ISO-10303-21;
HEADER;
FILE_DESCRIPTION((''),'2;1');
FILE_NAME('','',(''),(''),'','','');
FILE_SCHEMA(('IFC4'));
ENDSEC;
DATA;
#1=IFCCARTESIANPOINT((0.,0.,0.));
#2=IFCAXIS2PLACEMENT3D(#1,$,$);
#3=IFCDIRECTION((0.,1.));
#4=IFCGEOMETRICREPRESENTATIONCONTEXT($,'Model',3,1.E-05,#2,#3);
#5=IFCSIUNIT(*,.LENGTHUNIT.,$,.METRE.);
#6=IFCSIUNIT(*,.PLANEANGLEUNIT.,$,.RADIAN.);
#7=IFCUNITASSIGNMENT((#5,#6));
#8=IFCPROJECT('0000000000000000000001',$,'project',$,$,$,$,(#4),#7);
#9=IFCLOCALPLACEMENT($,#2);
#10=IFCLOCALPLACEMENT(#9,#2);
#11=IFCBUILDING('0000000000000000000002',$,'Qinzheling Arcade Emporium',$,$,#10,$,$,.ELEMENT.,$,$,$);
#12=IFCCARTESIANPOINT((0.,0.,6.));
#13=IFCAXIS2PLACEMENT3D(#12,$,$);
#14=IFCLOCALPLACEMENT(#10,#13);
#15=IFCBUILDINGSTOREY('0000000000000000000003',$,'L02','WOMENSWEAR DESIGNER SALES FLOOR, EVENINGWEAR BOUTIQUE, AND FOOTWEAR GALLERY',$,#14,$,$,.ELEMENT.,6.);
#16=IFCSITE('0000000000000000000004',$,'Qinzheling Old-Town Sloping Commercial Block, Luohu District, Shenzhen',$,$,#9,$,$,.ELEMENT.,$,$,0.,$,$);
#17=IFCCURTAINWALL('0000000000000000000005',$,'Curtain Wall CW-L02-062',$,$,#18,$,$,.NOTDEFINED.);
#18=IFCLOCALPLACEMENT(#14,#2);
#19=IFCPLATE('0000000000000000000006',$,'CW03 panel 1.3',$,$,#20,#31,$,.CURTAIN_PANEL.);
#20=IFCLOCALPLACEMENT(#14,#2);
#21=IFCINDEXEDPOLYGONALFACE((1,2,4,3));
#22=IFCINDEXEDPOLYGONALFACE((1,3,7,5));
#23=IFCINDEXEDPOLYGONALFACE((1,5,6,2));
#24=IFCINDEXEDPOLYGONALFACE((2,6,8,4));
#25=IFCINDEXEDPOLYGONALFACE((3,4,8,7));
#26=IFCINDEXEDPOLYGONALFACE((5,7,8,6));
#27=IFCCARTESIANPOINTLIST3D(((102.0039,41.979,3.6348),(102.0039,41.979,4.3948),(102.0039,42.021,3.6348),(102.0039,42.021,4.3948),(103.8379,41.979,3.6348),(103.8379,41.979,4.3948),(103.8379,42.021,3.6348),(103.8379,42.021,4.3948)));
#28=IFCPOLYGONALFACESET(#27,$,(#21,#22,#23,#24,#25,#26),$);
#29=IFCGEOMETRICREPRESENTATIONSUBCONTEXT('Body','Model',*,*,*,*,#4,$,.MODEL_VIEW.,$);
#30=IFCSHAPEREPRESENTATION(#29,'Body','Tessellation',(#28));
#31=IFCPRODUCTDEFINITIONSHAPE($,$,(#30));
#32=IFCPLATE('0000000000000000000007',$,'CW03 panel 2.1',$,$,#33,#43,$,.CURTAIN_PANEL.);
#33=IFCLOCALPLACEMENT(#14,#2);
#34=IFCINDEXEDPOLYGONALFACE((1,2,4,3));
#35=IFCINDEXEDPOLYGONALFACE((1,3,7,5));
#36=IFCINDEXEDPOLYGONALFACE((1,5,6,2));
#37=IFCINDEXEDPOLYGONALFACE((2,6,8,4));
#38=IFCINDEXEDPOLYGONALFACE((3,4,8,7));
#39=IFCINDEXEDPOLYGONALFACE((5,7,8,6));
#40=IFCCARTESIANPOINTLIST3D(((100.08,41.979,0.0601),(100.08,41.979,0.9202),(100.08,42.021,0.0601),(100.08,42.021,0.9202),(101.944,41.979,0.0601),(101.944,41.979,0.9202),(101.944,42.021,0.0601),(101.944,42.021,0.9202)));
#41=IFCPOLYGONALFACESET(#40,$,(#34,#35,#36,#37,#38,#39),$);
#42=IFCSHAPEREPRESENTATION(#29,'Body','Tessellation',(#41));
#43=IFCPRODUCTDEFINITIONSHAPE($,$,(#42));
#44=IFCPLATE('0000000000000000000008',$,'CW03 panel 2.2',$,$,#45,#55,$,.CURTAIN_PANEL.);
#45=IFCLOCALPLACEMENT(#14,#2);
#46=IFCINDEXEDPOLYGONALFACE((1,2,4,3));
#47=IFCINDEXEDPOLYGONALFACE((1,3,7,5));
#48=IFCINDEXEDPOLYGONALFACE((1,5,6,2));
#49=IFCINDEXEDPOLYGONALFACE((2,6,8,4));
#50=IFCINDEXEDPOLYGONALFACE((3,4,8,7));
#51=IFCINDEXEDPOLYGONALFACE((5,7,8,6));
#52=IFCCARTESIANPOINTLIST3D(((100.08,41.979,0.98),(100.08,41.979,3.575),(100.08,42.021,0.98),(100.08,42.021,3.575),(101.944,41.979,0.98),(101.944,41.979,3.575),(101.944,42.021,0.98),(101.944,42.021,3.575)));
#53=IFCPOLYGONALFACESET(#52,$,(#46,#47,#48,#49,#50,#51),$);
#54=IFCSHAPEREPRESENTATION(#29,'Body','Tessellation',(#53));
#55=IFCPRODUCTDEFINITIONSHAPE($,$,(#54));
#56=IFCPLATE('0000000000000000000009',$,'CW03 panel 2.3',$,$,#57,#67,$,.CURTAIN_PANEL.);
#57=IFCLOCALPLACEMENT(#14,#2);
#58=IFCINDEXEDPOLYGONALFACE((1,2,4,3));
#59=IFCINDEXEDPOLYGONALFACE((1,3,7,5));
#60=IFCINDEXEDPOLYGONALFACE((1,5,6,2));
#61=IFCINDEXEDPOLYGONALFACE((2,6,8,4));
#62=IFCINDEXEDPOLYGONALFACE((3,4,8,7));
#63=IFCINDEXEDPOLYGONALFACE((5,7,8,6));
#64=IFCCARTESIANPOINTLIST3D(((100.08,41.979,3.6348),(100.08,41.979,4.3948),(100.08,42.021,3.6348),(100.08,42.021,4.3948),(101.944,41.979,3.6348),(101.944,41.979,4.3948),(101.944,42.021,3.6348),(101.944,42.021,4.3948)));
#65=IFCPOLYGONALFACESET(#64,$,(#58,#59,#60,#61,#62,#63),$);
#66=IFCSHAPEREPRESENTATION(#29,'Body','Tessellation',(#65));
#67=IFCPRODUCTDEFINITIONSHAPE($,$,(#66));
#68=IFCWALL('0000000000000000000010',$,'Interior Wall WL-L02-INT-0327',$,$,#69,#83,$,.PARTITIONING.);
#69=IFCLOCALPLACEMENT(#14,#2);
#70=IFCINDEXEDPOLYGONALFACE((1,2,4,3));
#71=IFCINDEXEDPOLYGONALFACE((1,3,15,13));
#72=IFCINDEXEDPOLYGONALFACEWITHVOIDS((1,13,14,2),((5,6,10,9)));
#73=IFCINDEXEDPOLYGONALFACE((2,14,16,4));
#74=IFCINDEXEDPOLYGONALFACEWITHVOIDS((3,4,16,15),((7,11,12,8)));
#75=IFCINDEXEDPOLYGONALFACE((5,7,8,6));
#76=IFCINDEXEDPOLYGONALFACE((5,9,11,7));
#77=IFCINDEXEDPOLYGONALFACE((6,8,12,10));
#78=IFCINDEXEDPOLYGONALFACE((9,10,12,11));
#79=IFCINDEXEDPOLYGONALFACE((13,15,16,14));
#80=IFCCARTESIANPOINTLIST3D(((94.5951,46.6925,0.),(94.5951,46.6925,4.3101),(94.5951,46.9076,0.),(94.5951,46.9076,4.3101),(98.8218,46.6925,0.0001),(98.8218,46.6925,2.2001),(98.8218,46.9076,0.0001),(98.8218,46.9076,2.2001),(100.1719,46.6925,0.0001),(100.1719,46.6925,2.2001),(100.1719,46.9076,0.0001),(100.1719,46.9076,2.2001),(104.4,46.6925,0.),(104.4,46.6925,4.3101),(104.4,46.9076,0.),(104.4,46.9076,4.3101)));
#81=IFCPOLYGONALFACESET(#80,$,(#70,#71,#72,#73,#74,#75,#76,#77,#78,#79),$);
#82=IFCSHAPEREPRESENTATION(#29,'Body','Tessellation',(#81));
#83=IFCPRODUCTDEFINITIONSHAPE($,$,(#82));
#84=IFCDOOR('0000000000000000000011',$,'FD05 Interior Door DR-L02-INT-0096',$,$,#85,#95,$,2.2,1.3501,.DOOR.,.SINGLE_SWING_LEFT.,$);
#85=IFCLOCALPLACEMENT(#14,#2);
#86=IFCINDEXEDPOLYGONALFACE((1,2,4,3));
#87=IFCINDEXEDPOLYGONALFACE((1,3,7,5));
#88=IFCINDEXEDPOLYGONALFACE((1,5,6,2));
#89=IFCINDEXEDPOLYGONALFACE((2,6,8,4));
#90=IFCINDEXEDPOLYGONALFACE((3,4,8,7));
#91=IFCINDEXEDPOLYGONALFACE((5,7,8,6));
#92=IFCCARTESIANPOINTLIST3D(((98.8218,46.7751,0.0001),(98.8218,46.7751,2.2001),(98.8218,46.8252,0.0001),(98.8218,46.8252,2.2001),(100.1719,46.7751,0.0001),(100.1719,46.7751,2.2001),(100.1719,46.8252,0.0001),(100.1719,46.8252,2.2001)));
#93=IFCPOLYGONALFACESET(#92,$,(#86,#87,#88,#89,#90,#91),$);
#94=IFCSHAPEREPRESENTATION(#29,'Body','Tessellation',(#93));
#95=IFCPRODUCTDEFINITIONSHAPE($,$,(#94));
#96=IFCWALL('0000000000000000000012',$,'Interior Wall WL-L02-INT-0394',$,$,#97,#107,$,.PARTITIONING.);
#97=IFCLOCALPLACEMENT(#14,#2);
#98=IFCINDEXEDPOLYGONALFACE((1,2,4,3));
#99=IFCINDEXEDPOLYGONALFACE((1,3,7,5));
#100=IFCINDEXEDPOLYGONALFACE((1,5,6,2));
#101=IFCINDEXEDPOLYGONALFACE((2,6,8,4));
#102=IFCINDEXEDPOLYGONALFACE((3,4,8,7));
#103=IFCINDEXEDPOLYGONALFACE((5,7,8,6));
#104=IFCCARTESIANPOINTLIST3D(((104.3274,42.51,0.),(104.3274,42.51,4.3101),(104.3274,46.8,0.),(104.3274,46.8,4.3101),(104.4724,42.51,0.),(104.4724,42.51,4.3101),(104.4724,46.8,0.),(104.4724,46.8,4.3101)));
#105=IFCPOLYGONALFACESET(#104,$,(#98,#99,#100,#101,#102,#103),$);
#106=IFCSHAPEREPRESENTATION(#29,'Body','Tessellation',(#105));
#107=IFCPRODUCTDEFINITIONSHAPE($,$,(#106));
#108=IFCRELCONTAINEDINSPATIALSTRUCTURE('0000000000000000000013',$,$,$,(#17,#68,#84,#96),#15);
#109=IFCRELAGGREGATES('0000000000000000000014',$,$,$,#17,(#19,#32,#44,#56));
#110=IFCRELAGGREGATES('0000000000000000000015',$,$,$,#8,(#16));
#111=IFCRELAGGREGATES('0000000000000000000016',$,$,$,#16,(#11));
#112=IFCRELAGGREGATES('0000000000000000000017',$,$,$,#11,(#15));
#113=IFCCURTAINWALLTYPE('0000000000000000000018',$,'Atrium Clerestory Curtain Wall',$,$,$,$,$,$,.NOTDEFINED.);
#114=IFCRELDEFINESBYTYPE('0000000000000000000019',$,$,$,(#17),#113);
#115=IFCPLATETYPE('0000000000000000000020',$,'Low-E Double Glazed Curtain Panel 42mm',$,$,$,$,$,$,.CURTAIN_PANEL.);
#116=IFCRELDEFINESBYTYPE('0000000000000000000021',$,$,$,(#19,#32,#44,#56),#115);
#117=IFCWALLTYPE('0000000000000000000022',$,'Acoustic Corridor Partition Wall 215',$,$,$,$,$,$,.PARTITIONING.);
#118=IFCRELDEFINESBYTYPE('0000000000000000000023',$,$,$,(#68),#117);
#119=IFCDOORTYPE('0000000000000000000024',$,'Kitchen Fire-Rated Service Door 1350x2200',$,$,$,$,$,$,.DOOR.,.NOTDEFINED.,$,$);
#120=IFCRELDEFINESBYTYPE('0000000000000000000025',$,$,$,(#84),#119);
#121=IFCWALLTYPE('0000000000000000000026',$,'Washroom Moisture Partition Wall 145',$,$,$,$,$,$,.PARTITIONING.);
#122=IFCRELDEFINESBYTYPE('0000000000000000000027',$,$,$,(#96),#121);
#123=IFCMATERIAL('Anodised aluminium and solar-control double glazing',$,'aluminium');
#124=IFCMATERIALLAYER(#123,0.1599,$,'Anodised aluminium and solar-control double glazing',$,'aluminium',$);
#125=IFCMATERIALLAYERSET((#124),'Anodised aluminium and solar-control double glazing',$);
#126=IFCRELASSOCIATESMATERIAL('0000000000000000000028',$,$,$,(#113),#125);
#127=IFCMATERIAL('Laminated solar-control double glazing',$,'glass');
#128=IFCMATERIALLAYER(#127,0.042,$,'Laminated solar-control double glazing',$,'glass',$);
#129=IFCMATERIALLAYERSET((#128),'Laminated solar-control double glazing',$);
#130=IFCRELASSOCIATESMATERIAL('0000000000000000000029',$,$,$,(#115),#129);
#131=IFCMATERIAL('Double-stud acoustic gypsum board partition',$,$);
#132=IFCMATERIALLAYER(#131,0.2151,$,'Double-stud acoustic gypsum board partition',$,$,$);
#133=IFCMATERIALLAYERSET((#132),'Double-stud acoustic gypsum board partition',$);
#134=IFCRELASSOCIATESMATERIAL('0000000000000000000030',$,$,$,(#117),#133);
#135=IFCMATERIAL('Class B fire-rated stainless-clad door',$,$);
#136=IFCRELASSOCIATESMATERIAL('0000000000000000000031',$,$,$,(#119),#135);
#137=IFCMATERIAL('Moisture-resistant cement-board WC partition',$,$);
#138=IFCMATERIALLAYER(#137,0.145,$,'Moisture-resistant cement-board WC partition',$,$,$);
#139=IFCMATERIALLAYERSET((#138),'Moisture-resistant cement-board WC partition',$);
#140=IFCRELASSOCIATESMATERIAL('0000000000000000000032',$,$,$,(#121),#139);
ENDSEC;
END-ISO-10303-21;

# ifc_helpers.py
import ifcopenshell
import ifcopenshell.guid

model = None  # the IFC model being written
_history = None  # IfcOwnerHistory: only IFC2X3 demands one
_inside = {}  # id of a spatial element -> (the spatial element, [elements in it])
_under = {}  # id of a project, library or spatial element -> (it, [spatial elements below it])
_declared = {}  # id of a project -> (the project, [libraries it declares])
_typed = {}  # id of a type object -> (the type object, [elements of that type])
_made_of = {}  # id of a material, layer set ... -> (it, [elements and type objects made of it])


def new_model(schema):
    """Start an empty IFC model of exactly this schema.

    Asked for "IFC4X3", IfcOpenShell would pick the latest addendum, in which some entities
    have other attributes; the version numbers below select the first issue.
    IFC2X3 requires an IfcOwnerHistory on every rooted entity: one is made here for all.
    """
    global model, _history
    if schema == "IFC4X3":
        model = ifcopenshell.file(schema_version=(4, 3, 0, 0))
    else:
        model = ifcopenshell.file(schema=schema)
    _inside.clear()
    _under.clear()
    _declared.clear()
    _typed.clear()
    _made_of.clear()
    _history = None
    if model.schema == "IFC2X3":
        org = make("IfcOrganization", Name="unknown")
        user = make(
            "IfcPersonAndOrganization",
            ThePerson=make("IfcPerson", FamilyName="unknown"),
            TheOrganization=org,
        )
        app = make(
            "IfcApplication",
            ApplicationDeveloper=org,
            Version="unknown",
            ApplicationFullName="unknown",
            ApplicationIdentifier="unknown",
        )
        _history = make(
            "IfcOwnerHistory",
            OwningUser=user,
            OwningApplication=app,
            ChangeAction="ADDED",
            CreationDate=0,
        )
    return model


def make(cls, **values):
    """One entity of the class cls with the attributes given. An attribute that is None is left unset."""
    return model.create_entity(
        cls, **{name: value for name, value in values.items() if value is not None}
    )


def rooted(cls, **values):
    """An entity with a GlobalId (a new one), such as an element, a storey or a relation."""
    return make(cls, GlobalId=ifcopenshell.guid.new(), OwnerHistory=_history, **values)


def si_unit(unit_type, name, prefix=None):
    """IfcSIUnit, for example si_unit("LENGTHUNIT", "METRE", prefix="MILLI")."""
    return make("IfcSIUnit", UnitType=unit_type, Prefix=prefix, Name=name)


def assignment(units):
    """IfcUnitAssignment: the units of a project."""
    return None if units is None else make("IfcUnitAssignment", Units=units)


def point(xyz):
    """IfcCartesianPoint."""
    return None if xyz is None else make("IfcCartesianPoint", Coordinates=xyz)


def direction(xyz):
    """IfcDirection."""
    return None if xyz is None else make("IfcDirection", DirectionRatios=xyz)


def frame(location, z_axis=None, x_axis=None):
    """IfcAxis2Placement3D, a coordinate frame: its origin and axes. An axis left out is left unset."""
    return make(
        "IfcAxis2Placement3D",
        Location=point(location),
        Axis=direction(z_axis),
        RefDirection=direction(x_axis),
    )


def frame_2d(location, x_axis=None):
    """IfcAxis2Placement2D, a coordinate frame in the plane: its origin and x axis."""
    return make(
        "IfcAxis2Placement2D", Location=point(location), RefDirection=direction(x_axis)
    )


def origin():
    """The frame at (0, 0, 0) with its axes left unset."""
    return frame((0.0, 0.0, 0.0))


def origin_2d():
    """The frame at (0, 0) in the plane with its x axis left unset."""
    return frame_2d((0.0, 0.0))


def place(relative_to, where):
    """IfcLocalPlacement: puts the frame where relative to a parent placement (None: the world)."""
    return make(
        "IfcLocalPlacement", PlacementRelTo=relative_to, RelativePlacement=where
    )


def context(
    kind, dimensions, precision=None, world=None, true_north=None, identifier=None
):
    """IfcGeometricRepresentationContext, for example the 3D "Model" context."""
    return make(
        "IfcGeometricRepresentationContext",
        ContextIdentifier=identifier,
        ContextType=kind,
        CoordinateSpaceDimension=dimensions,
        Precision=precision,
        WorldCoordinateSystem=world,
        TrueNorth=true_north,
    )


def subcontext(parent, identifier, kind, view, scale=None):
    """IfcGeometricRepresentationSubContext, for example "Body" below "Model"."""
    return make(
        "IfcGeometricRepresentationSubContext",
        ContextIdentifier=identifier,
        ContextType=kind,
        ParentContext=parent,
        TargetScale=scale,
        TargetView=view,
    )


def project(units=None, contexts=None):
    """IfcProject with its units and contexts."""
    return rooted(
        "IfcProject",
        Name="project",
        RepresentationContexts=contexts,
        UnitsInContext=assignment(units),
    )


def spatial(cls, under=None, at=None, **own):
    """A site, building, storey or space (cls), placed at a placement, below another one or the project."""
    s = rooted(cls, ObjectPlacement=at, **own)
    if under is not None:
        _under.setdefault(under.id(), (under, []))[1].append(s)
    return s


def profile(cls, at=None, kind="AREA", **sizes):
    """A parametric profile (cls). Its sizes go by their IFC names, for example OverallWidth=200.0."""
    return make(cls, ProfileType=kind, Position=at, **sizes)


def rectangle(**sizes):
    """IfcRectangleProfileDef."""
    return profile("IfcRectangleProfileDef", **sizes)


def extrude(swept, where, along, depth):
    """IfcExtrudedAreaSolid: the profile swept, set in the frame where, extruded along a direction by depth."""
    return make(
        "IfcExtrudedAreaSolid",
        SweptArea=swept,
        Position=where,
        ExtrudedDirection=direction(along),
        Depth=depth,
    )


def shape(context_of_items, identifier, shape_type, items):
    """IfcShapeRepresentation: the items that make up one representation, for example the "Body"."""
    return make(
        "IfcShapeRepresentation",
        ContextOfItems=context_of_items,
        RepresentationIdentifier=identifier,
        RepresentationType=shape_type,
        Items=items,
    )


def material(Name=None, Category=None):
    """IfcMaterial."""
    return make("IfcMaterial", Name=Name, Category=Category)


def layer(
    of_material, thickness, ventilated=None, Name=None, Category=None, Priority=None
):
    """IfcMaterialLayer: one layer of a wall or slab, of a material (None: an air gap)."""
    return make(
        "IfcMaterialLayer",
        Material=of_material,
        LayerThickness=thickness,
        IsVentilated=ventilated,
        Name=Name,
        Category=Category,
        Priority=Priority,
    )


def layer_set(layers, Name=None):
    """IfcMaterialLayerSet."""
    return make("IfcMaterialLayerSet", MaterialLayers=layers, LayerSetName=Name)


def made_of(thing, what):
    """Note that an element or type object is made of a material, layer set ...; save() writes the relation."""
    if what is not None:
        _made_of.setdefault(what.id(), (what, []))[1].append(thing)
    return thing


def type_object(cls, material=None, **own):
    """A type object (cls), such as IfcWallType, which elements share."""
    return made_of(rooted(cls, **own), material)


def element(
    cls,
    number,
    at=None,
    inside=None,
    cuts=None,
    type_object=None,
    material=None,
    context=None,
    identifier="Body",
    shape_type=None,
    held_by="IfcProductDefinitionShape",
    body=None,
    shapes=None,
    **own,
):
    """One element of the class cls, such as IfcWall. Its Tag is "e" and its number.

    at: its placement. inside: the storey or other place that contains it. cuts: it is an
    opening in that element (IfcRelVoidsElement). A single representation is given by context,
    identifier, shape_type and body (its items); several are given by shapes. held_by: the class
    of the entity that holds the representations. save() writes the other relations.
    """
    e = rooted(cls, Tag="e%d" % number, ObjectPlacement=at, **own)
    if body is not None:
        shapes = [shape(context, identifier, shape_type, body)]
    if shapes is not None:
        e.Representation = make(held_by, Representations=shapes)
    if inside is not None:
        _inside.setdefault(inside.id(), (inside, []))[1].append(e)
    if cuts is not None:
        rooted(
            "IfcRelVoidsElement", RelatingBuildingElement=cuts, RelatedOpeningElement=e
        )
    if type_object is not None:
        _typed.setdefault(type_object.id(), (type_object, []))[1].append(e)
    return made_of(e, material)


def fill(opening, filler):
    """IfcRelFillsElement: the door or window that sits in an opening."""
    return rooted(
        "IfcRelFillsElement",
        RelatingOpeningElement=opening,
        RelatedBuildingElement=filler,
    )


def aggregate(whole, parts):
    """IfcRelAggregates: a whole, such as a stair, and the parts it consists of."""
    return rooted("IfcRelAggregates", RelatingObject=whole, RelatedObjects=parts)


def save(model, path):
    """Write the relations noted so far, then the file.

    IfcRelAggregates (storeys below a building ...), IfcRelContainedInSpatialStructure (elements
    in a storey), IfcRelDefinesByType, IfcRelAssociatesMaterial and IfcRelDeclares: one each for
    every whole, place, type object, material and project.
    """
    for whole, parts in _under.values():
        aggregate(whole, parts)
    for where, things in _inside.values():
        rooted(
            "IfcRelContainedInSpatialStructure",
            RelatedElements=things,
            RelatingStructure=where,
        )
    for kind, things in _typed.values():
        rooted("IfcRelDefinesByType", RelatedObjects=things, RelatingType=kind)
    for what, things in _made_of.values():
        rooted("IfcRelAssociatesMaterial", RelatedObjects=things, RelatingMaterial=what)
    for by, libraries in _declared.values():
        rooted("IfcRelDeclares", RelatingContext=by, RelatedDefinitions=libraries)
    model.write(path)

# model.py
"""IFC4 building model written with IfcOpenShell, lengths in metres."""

from ifc_helpers import new_model, si_unit, direction, frame, frame_2d, origin, origin_2d, place, context, subcontext, project, spatial, rectangle, extrude, material, layer, layer_set, type_object, element, fill, aggregate, save


model = new_model("IFC4")

# Units and contexts
model_context = context("Model", 3, precision=1e-05, world=origin(), true_north=direction((0.0, 1.0)))
body_context = subcontext(model_context, "Body", "Model", "MODEL_VIEW")
ifc_project = project(units=[si_unit("LENGTHUNIT", "METRE"), si_unit("PLANEANGLEUNIT", "RADIAN")], contexts=[model_context])

# Site, building, storey
site_placement = place(None, origin())
site = spatial("IfcSite", under=ifc_project, at=site_placement, Name="Qinzheling Old-Town Sloping Commercial Block, Luohu District, Shenzhen", CompositionType="ELEMENT", RefElevation=0.0)
building_placement = place(site_placement, origin())
building = spatial("IfcBuilding", under=site, at=building_placement, Name="Qinzheling Arcade Emporium", CompositionType="ELEMENT")
storey_placement = place(building_placement, frame((0.0, 0.0, 6.0)))
storey = spatial("IfcBuildingStorey", under=building, at=storey_placement, Name="L02", Description="WOMENSWEAR DESIGNER SALES FLOOR, EVENINGWEAR BOUTIQUE, AND FOOTWEAR GALLERY", CompositionType="ELEMENT", Elevation=6.0)

# Curtain wall
ifc_material_1 = material(Name="Anodised aluminium and solar-control double glazing", Category="aluminium")
ifc_layer_1 = layer(ifc_material_1, 0.1599, Name="Anodised aluminium and solar-control double glazing", Category="aluminium")
ifc_layer_set_1 = layer_set([ifc_layer_1], Name="Anodised aluminium and solar-control double glazing")
curtain_wall_type = type_object("IfcCurtainWallType", Name="Atrium Clerestory Curtain Wall", PredefinedType="NOTDEFINED", material=ifc_layer_set_1)
curtain_wall_placement = place(storey_placement, origin())
curtain_wall = element("IfcCurtainWall", 1, at=curtain_wall_placement, inside=storey, type_object=curtain_wall_type, Name="Curtain Wall CW-L02-062", PredefinedType="NOTDEFINED")

# Plates
ifc_material_2 = material(Name="Laminated solar-control double glazing", Category="glass")
ifc_layer_2 = layer(ifc_material_2, 0.042, Name="Laminated solar-control double glazing", Category="glass")
ifc_layer_set_2 = layer_set([ifc_layer_2], Name="Laminated solar-control double glazing")
plate_type = type_object("IfcPlateType", Name="Low-E Double Glazed Curtain Panel 42mm", PredefinedType="CURTAIN_PANEL", material=ifc_layer_set_2)
plate_1_placement = place(storey_placement, frame((102.9209, 42.0, 3.6348), z_axis=(0.0, 0.0, 1.0), x_axis=(-1.0, 0.0, 0.0)))
plate_1 = element("IfcPlate", 2, at=plate_1_placement, type_object=plate_type, Name="CW03 panel 1.3", PredefinedType="CURTAIN_PANEL", context=body_context, shape_type="SweptSolid", body=[
    extrude(rectangle(XDim=1.834, YDim=0.042, at=origin_2d()), origin(), (0.0, 0.0, 1.0), 0.76),
])
plate_2_placement = place(storey_placement, frame((101.012, 42.0, 0.0601), z_axis=(0.0, 0.0, 1.0), x_axis=(-1.0, 0.0, 0.0)))
plate_2 = element("IfcPlate", 3, at=plate_2_placement, type_object=plate_type, Name="CW03 panel 2.1", PredefinedType="CURTAIN_PANEL", context=body_context, shape_type="SweptSolid", body=[
    extrude(rectangle(XDim=1.864, YDim=0.042, at=origin_2d()), origin(), (0.0, 0.0, 1.0), 0.8601),
])
plate_3_placement = place(storey_placement, frame((101.012, 42.0, 0.98), z_axis=(0.0, 0.0, 1.0), x_axis=(-1.0, 0.0, 0.0)))
plate_3 = element("IfcPlate", 4, at=plate_3_placement, type_object=plate_type, Name="CW03 panel 2.2", PredefinedType="CURTAIN_PANEL", context=body_context, shape_type="SweptSolid", body=[
    extrude(rectangle(XDim=1.864, YDim=0.042, at=origin_2d()), origin(), (0.0, 0.0, 1.0), 2.595),
])
plate_4_placement = place(storey_placement, frame((101.012, 42.0, 3.6348), z_axis=(0.0, 0.0, 1.0), x_axis=(-1.0, 0.0, 0.0)))
plate_4 = element("IfcPlate", 5, at=plate_4_placement, type_object=plate_type, Name="CW03 panel 2.3", PredefinedType="CURTAIN_PANEL", context=body_context, shape_type="SweptSolid", body=[
    extrude(rectangle(XDim=1.864, YDim=0.042, at=origin_2d()), origin(), (0.0, 0.0, 1.0), 0.76),
])
aggregate(curtain_wall, [plate_1, plate_2, plate_3, plate_4])

# Wall, opening, door
ifc_material_3 = material(Name="Double-stud acoustic gypsum board partition")
ifc_layer_3 = layer(ifc_material_3, 0.2151, Name="Double-stud acoustic gypsum board partition")
ifc_layer_set_3 = layer_set([ifc_layer_3], Name="Double-stud acoustic gypsum board partition")
wall_type_1 = type_object("IfcWallType", Name="Acoustic Corridor Partition Wall 215", PredefinedType="PARTITIONING", material=ifc_layer_set_3)
wall_1_placement = place(storey_placement, frame((104.3999, 46.8, 0.0), z_axis=(0.0, 0.0, 1.0), x_axis=(-1.0, 0.0, 0.0)))
wall_1 = element("IfcWall", 6, at=wall_1_placement, inside=storey, type_object=wall_type_1, Name="Interior Wall WL-L02-INT-0327", PredefinedType="PARTITIONING", context=body_context, shape_type="SweptSolid", body=[
    extrude(rectangle(XDim=9.8049, YDim=0.2151, at=frame_2d((4.9023, 0.0))), origin(), (0.0, 0.0, 1.0), 4.3101),
])
opening_placement = place(wall_1_placement, frame((4.228, 0.0, 0.0)))
opening = element("IfcOpeningElement", 7, at=opening_placement, cuts=wall_1, PredefinedType="OPENING", context=body_context, shape_type="SweptSolid", body=[
    extrude(rectangle(XDim=1.3501, YDim=2.2, at=frame_2d((0.675, 1.1001))), frame((0.0, 0.1177, 0.0), z_axis=(0.0, -1.0, 0.0), x_axis=(1.0, 0.0, 0.0)), (0.0, 0.0, 1.0), 0.2351),
])
ifc_material_4 = material(Name="Class B fire-rated stainless-clad door")
door_type = type_object("IfcDoorType", Name="Kitchen Fire-Rated Service Door 1350x2200", OperationType="NOTDEFINED", PredefinedType="DOOR", material=ifc_material_4)
door_placement = place(opening_placement, origin())
door = element("IfcDoor", 8, at=door_placement, inside=storey, type_object=door_type, Name="FD05 Interior Door DR-L02-INT-0096", OperationType="SINGLE_SWING_LEFT", OverallHeight=2.2, OverallWidth=1.3501, PredefinedType="DOOR", context=body_context, shape_type="SweptSolid", body=[
    extrude(rectangle(XDim=1.3501, YDim=2.2, at=frame_2d((0.675, 1.1001))), frame((0.0, 0.0249, 0.0), z_axis=(0.0, -1.0, 0.0), x_axis=(1.0, 0.0, 0.0)), (0.0, 0.0, 1.0), 0.05),
])
fill(opening, door)

# Wall
ifc_material_5 = material(Name="Moisture-resistant cement-board WC partition")
ifc_layer_4 = layer(ifc_material_5, 0.145, Name="Moisture-resistant cement-board WC partition")
ifc_layer_set_4 = layer_set([ifc_layer_4], Name="Moisture-resistant cement-board WC partition")
wall_type_2 = type_object("IfcWallType", Name="Washroom Moisture Partition Wall 145", PredefinedType="PARTITIONING", material=ifc_layer_set_4)
wall_2_placement = place(storey_placement, frame((104.3999, 46.8, 0.0), z_axis=(0.0, 0.0, 1.0), x_axis=(0.0, -1.0, 0.0)))
element("IfcWall", 9, at=wall_2_placement, inside=storey, type_object=wall_type_2, Name="Interior Wall WL-L02-INT-0394", PredefinedType="PARTITIONING", context=body_context, shape_type="SweptSolid", body=[
    extrude(rectangle(XDim=4.29, YDim=0.145, at=frame_2d((2.145, 0.0))), origin(), (0.0, 0.0, 1.0), 4.3101),
])

save(model, "model.ifc")
